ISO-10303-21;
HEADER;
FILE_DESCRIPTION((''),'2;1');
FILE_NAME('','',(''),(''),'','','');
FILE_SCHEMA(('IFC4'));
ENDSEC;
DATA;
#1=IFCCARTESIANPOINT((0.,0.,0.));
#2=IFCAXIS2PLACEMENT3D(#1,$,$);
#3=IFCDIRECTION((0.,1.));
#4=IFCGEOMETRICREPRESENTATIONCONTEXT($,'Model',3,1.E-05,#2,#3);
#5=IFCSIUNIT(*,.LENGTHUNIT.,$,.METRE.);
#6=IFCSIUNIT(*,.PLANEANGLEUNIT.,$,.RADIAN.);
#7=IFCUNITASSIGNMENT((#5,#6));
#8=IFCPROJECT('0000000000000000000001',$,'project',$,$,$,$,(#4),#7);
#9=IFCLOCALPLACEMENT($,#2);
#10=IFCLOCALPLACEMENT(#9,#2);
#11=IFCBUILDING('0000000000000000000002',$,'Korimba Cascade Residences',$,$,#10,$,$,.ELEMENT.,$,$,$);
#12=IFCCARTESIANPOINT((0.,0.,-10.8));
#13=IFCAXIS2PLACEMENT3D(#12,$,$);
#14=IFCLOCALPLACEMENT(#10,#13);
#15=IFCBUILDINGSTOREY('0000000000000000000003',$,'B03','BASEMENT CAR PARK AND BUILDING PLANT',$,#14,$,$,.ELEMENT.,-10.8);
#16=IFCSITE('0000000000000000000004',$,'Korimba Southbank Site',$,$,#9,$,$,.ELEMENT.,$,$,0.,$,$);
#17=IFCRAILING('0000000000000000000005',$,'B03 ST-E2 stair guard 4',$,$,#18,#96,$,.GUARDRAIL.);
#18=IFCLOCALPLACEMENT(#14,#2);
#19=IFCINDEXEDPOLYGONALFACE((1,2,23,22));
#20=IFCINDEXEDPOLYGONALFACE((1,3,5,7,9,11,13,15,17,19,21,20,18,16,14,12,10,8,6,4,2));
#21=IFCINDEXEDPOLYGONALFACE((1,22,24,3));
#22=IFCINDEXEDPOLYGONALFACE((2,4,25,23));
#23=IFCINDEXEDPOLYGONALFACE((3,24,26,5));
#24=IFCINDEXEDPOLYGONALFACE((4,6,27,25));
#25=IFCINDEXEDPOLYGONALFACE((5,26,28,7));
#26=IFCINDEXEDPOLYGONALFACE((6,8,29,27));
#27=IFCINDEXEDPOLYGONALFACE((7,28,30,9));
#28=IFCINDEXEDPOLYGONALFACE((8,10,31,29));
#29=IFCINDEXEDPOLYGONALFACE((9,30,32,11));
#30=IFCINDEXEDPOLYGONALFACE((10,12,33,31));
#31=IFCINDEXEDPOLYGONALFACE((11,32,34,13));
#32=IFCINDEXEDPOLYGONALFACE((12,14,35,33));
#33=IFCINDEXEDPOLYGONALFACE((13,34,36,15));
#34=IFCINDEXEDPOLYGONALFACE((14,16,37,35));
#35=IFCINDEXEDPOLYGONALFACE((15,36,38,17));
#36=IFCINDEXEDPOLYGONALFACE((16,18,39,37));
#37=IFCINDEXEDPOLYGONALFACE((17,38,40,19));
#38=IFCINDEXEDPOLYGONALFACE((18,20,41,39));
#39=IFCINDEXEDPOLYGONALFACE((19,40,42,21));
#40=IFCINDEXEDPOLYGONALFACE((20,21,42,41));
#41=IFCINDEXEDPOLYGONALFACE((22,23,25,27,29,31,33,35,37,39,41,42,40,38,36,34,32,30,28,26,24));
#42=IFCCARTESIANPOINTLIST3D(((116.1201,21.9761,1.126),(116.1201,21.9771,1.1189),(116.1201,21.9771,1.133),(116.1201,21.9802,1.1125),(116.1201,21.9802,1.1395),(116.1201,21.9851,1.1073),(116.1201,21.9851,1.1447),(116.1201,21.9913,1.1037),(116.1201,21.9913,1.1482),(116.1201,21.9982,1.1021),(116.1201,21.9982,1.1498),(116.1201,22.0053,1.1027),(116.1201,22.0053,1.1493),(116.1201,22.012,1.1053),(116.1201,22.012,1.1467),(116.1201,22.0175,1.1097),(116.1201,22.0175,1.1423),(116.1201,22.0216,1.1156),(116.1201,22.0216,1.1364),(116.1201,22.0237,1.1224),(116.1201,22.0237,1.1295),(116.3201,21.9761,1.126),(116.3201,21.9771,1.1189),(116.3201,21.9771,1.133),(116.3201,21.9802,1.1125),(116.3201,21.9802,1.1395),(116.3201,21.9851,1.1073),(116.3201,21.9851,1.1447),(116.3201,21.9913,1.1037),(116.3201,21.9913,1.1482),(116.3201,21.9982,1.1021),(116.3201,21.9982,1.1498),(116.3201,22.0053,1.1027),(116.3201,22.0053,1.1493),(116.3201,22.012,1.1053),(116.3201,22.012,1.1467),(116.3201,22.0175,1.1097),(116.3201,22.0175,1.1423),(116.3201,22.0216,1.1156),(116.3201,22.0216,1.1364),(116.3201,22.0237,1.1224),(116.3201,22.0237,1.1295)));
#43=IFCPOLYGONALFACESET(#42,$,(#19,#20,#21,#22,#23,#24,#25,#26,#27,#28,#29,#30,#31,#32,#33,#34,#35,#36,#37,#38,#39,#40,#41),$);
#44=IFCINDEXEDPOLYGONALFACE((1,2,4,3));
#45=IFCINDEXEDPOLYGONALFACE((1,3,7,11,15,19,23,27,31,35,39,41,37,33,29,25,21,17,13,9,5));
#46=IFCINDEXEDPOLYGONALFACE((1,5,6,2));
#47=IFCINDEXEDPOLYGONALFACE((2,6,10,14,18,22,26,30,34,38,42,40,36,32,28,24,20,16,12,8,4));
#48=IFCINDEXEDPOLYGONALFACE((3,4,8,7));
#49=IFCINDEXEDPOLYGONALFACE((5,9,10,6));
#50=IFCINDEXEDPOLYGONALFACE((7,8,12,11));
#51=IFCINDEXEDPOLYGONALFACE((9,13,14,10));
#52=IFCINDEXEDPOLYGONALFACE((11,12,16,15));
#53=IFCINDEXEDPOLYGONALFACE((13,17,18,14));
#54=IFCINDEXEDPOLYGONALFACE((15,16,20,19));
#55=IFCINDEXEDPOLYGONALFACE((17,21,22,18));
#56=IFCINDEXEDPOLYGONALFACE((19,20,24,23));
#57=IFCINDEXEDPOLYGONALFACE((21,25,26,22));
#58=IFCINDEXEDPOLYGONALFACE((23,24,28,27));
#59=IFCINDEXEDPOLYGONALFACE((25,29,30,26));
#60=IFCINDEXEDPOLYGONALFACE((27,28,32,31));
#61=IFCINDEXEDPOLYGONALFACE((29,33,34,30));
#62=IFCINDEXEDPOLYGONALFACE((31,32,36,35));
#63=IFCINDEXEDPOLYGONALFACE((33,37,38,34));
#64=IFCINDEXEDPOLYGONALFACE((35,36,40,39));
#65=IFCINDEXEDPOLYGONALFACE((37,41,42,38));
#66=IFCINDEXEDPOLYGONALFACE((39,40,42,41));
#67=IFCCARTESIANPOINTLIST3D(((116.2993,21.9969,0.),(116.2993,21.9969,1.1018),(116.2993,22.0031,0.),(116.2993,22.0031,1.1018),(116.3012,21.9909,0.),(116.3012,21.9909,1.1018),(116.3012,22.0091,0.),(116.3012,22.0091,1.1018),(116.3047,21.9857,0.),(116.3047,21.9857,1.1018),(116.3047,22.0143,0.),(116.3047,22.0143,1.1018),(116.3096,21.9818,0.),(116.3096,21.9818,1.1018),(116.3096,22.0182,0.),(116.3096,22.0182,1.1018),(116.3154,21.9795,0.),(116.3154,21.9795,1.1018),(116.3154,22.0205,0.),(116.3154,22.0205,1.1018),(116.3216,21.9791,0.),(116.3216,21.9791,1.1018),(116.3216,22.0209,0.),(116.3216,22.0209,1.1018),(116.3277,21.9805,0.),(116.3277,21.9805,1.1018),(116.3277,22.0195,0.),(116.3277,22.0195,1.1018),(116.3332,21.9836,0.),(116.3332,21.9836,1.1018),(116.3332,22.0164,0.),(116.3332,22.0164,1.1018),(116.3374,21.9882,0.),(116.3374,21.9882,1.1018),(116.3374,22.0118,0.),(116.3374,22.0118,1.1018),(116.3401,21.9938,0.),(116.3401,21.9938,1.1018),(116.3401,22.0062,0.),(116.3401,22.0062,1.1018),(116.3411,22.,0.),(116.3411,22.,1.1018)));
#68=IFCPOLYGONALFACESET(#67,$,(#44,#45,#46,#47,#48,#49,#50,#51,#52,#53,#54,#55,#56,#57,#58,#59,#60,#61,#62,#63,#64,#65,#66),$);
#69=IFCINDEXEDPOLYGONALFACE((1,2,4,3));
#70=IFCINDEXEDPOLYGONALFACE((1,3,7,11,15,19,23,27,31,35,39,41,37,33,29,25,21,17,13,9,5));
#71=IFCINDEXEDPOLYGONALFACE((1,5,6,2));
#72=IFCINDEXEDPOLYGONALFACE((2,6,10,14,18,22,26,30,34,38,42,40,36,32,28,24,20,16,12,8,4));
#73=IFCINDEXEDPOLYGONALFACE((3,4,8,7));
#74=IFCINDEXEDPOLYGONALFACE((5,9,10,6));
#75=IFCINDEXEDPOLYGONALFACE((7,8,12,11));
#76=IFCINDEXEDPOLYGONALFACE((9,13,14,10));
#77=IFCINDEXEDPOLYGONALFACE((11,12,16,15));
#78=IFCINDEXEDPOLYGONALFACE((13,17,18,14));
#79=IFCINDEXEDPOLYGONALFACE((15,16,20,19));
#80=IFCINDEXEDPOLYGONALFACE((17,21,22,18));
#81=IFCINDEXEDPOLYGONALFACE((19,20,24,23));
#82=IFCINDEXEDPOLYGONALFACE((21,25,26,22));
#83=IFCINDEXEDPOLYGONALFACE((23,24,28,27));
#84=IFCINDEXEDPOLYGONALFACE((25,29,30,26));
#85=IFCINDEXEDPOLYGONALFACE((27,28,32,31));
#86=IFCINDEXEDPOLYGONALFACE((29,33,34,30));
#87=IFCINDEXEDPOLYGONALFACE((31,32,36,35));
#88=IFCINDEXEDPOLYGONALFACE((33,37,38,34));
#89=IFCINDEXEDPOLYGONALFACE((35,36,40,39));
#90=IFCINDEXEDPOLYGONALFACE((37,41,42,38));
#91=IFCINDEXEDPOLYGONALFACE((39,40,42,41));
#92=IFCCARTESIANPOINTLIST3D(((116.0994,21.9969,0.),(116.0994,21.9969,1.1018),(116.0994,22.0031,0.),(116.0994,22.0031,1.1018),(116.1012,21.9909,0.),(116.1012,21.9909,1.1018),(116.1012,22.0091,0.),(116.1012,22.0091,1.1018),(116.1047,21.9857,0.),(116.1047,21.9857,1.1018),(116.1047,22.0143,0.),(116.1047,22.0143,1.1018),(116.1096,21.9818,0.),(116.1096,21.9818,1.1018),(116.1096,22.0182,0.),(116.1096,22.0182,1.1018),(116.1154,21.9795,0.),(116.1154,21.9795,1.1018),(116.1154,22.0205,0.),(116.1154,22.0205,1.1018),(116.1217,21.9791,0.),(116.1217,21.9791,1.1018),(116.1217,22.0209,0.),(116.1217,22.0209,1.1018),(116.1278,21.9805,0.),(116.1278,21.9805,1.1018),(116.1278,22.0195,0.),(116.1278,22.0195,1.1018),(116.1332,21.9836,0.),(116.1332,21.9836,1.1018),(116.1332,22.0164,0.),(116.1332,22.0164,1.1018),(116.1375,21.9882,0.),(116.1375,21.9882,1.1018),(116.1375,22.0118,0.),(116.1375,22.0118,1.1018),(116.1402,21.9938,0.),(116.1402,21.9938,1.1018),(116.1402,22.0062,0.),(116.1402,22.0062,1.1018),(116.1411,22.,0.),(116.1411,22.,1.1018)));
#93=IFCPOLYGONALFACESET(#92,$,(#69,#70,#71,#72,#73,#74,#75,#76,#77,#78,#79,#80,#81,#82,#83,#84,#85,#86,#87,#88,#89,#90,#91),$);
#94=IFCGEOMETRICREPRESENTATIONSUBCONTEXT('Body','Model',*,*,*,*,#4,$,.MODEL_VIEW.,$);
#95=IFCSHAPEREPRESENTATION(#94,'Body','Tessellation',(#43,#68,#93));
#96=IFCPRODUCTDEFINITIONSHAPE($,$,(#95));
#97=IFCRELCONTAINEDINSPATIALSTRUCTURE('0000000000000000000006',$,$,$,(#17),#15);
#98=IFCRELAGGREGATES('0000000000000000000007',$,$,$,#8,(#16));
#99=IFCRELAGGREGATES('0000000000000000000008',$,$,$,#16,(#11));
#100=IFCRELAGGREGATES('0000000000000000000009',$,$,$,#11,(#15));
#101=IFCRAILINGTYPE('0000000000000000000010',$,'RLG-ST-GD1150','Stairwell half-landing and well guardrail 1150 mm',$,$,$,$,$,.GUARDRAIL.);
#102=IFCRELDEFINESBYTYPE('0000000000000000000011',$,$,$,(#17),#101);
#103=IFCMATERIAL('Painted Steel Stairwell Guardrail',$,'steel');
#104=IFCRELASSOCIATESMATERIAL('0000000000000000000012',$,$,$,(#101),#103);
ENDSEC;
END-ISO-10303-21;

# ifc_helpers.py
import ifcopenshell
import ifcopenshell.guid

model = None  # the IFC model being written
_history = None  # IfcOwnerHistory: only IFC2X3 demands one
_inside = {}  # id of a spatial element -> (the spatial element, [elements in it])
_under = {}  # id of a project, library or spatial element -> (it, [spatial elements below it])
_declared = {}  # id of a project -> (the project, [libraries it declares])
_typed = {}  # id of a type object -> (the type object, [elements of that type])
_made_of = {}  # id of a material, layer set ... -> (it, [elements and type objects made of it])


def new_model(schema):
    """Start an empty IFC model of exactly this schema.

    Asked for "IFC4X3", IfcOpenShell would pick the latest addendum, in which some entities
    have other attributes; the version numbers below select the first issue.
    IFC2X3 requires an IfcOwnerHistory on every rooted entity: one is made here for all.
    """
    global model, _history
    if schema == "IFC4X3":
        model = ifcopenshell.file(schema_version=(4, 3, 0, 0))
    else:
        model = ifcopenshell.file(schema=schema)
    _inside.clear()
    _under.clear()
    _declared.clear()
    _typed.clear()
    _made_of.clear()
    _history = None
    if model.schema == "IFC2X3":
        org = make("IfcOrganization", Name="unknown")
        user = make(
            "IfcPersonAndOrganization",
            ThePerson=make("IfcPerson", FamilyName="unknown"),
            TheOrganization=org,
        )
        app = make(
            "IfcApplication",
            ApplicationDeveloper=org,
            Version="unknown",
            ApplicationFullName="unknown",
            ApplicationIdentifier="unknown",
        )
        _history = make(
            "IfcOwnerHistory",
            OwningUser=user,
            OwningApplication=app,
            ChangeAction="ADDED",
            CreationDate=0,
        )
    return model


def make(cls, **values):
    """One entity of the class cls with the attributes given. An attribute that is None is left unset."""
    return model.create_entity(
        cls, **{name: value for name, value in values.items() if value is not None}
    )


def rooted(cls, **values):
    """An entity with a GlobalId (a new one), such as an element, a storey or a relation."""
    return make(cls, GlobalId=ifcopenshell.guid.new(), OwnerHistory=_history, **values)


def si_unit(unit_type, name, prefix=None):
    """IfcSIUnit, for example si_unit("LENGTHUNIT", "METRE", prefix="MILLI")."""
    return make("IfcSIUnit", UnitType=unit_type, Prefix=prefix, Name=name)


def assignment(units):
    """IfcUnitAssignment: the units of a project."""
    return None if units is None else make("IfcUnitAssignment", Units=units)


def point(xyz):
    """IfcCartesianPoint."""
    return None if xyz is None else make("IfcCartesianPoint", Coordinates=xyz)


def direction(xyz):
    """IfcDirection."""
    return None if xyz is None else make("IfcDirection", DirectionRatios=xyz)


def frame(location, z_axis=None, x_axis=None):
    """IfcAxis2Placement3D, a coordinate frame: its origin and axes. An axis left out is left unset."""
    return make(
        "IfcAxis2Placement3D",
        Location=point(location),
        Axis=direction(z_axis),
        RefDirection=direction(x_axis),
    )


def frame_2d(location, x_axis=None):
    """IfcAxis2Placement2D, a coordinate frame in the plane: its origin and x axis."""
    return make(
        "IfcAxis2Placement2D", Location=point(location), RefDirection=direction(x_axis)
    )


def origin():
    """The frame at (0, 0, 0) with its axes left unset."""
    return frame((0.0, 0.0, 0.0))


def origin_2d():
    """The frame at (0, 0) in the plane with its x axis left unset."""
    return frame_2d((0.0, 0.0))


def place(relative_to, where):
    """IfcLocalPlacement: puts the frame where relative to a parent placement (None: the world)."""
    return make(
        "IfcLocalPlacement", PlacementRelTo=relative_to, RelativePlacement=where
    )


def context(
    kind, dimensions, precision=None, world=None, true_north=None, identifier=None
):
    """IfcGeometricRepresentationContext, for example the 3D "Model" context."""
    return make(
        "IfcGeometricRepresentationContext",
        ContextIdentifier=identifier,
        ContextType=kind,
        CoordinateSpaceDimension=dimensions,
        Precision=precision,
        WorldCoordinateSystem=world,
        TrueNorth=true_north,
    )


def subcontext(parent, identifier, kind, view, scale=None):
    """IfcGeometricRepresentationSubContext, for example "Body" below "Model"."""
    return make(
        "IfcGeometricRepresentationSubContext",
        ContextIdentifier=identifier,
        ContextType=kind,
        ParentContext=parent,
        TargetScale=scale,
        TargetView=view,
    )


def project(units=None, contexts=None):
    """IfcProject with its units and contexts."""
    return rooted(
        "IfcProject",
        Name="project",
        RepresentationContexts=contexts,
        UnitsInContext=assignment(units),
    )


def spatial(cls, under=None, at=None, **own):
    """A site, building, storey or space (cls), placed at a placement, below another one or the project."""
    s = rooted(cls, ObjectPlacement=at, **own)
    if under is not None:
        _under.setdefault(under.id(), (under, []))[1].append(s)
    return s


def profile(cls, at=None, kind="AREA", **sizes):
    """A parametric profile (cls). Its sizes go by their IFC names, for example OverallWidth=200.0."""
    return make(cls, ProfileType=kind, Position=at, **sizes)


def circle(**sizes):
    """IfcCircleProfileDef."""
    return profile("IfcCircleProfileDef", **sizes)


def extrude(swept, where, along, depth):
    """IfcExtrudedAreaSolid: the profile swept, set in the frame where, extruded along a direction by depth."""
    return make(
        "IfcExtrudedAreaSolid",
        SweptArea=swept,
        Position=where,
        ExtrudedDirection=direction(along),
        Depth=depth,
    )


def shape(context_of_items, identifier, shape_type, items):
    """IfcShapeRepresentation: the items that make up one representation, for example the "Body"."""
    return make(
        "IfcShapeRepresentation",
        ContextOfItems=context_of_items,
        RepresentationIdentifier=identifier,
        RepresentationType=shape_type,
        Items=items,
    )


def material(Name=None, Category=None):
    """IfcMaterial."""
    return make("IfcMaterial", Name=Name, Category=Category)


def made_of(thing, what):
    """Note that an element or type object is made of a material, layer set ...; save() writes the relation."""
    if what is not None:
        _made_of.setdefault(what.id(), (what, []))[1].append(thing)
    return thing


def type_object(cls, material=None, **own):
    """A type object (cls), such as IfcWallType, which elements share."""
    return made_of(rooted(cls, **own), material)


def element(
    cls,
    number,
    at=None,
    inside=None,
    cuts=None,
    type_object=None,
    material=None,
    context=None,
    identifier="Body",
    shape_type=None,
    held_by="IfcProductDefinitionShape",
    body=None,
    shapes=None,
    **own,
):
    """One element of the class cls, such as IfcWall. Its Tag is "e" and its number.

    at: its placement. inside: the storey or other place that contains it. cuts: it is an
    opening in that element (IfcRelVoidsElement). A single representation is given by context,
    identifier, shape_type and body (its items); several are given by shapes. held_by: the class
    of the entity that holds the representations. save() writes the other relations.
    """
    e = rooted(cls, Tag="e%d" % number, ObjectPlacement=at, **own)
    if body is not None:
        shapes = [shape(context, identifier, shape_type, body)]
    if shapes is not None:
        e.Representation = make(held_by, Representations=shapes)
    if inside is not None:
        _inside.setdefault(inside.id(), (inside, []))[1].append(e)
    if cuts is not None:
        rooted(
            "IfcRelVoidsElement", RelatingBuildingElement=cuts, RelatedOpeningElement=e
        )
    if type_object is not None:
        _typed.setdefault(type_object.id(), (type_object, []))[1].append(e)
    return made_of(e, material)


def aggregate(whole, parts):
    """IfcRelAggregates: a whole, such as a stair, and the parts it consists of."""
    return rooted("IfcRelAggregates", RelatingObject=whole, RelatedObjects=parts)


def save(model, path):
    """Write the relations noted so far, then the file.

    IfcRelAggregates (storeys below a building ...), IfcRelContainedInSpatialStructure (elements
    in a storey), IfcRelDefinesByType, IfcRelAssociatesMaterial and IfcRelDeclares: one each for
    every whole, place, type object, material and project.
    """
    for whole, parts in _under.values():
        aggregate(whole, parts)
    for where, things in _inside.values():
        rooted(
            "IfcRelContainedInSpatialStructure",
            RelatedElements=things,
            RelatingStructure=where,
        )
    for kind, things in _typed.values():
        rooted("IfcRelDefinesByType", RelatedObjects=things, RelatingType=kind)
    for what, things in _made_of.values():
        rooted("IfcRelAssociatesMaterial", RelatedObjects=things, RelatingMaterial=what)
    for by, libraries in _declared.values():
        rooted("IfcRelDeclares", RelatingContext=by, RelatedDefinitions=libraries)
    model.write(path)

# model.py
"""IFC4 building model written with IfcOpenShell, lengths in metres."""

from ifc_helpers import new_model, si_unit, direction, frame, origin, origin_2d, place, context, subcontext, project, spatial, circle, extrude, material, type_object, element, save


model = new_model("IFC4")

# Units and contexts
model_context = context("Model", 3, precision=1e-05, world=origin(), true_north=direction((0.0, 1.0)))
body_context = subcontext(model_context, "Body", "Model", "MODEL_VIEW")
ifc_project = project(units=[si_unit("LENGTHUNIT", "METRE"), si_unit("PLANEANGLEUNIT", "RADIAN")], contexts=[model_context])

# Site, building, storey
site_placement = place(None, origin())
site = spatial("IfcSite", under=ifc_project, at=site_placement, Name="Korimba Southbank Site", CompositionType="ELEMENT", RefElevation=0.0)
building_placement = place(site_placement, origin())
building = spatial("IfcBuilding", under=site, at=building_placement, Name="Korimba Cascade Residences", CompositionType="ELEMENT")
storey_placement = place(building_placement, frame((0.0, 0.0, -10.8)))
storey = spatial("IfcBuildingStorey", under=building, at=storey_placement, Name="B03", Description="BASEMENT CAR PARK AND BUILDING PLANT", CompositionType="ELEMENT", Elevation=-10.8)

# Railing
ifc_material_1 = material(Name="Painted Steel Stairwell Guardrail", Category="steel")
railing_type_1 = type_object("IfcRailingType", Name="RLG-ST-GD1150", Description="Stairwell half-landing and well guardrail 1150 mm", PredefinedType="GUARDRAIL", material=ifc_material_1)
railing_1_placement = place(storey_placement, frame((116.3201, 22.0, 0.0)))
element("IfcRailing", 1, at=railing_1_placement, inside=storey, type_object=railing_type_1, Name="B03 ST-E2 stair guard 4", PredefinedType="GUARDRAIL", context=body_context, shape_type="SweptSolid", body=[
    extrude(circle(Radius=0.0239, at=origin_2d()), frame((0.0, 0.0, 1.126), z_axis=(-1.0, 0.0, 0.0), x_axis=(0.0, -1.0, 0.0)), (0.0, 0.0, 1.0), 0.2),
    extrude(circle(Radius=0.021, at=origin_2d()), origin(), (0.0, 0.0, 1.0), 1.1018),
    extrude(circle(Radius=0.021, at=origin_2d()), frame((-0.2, 0.0, 0.0)), (0.0, 0.0, 1.0), 1.1018),
])

save(model, "model.ifc")
